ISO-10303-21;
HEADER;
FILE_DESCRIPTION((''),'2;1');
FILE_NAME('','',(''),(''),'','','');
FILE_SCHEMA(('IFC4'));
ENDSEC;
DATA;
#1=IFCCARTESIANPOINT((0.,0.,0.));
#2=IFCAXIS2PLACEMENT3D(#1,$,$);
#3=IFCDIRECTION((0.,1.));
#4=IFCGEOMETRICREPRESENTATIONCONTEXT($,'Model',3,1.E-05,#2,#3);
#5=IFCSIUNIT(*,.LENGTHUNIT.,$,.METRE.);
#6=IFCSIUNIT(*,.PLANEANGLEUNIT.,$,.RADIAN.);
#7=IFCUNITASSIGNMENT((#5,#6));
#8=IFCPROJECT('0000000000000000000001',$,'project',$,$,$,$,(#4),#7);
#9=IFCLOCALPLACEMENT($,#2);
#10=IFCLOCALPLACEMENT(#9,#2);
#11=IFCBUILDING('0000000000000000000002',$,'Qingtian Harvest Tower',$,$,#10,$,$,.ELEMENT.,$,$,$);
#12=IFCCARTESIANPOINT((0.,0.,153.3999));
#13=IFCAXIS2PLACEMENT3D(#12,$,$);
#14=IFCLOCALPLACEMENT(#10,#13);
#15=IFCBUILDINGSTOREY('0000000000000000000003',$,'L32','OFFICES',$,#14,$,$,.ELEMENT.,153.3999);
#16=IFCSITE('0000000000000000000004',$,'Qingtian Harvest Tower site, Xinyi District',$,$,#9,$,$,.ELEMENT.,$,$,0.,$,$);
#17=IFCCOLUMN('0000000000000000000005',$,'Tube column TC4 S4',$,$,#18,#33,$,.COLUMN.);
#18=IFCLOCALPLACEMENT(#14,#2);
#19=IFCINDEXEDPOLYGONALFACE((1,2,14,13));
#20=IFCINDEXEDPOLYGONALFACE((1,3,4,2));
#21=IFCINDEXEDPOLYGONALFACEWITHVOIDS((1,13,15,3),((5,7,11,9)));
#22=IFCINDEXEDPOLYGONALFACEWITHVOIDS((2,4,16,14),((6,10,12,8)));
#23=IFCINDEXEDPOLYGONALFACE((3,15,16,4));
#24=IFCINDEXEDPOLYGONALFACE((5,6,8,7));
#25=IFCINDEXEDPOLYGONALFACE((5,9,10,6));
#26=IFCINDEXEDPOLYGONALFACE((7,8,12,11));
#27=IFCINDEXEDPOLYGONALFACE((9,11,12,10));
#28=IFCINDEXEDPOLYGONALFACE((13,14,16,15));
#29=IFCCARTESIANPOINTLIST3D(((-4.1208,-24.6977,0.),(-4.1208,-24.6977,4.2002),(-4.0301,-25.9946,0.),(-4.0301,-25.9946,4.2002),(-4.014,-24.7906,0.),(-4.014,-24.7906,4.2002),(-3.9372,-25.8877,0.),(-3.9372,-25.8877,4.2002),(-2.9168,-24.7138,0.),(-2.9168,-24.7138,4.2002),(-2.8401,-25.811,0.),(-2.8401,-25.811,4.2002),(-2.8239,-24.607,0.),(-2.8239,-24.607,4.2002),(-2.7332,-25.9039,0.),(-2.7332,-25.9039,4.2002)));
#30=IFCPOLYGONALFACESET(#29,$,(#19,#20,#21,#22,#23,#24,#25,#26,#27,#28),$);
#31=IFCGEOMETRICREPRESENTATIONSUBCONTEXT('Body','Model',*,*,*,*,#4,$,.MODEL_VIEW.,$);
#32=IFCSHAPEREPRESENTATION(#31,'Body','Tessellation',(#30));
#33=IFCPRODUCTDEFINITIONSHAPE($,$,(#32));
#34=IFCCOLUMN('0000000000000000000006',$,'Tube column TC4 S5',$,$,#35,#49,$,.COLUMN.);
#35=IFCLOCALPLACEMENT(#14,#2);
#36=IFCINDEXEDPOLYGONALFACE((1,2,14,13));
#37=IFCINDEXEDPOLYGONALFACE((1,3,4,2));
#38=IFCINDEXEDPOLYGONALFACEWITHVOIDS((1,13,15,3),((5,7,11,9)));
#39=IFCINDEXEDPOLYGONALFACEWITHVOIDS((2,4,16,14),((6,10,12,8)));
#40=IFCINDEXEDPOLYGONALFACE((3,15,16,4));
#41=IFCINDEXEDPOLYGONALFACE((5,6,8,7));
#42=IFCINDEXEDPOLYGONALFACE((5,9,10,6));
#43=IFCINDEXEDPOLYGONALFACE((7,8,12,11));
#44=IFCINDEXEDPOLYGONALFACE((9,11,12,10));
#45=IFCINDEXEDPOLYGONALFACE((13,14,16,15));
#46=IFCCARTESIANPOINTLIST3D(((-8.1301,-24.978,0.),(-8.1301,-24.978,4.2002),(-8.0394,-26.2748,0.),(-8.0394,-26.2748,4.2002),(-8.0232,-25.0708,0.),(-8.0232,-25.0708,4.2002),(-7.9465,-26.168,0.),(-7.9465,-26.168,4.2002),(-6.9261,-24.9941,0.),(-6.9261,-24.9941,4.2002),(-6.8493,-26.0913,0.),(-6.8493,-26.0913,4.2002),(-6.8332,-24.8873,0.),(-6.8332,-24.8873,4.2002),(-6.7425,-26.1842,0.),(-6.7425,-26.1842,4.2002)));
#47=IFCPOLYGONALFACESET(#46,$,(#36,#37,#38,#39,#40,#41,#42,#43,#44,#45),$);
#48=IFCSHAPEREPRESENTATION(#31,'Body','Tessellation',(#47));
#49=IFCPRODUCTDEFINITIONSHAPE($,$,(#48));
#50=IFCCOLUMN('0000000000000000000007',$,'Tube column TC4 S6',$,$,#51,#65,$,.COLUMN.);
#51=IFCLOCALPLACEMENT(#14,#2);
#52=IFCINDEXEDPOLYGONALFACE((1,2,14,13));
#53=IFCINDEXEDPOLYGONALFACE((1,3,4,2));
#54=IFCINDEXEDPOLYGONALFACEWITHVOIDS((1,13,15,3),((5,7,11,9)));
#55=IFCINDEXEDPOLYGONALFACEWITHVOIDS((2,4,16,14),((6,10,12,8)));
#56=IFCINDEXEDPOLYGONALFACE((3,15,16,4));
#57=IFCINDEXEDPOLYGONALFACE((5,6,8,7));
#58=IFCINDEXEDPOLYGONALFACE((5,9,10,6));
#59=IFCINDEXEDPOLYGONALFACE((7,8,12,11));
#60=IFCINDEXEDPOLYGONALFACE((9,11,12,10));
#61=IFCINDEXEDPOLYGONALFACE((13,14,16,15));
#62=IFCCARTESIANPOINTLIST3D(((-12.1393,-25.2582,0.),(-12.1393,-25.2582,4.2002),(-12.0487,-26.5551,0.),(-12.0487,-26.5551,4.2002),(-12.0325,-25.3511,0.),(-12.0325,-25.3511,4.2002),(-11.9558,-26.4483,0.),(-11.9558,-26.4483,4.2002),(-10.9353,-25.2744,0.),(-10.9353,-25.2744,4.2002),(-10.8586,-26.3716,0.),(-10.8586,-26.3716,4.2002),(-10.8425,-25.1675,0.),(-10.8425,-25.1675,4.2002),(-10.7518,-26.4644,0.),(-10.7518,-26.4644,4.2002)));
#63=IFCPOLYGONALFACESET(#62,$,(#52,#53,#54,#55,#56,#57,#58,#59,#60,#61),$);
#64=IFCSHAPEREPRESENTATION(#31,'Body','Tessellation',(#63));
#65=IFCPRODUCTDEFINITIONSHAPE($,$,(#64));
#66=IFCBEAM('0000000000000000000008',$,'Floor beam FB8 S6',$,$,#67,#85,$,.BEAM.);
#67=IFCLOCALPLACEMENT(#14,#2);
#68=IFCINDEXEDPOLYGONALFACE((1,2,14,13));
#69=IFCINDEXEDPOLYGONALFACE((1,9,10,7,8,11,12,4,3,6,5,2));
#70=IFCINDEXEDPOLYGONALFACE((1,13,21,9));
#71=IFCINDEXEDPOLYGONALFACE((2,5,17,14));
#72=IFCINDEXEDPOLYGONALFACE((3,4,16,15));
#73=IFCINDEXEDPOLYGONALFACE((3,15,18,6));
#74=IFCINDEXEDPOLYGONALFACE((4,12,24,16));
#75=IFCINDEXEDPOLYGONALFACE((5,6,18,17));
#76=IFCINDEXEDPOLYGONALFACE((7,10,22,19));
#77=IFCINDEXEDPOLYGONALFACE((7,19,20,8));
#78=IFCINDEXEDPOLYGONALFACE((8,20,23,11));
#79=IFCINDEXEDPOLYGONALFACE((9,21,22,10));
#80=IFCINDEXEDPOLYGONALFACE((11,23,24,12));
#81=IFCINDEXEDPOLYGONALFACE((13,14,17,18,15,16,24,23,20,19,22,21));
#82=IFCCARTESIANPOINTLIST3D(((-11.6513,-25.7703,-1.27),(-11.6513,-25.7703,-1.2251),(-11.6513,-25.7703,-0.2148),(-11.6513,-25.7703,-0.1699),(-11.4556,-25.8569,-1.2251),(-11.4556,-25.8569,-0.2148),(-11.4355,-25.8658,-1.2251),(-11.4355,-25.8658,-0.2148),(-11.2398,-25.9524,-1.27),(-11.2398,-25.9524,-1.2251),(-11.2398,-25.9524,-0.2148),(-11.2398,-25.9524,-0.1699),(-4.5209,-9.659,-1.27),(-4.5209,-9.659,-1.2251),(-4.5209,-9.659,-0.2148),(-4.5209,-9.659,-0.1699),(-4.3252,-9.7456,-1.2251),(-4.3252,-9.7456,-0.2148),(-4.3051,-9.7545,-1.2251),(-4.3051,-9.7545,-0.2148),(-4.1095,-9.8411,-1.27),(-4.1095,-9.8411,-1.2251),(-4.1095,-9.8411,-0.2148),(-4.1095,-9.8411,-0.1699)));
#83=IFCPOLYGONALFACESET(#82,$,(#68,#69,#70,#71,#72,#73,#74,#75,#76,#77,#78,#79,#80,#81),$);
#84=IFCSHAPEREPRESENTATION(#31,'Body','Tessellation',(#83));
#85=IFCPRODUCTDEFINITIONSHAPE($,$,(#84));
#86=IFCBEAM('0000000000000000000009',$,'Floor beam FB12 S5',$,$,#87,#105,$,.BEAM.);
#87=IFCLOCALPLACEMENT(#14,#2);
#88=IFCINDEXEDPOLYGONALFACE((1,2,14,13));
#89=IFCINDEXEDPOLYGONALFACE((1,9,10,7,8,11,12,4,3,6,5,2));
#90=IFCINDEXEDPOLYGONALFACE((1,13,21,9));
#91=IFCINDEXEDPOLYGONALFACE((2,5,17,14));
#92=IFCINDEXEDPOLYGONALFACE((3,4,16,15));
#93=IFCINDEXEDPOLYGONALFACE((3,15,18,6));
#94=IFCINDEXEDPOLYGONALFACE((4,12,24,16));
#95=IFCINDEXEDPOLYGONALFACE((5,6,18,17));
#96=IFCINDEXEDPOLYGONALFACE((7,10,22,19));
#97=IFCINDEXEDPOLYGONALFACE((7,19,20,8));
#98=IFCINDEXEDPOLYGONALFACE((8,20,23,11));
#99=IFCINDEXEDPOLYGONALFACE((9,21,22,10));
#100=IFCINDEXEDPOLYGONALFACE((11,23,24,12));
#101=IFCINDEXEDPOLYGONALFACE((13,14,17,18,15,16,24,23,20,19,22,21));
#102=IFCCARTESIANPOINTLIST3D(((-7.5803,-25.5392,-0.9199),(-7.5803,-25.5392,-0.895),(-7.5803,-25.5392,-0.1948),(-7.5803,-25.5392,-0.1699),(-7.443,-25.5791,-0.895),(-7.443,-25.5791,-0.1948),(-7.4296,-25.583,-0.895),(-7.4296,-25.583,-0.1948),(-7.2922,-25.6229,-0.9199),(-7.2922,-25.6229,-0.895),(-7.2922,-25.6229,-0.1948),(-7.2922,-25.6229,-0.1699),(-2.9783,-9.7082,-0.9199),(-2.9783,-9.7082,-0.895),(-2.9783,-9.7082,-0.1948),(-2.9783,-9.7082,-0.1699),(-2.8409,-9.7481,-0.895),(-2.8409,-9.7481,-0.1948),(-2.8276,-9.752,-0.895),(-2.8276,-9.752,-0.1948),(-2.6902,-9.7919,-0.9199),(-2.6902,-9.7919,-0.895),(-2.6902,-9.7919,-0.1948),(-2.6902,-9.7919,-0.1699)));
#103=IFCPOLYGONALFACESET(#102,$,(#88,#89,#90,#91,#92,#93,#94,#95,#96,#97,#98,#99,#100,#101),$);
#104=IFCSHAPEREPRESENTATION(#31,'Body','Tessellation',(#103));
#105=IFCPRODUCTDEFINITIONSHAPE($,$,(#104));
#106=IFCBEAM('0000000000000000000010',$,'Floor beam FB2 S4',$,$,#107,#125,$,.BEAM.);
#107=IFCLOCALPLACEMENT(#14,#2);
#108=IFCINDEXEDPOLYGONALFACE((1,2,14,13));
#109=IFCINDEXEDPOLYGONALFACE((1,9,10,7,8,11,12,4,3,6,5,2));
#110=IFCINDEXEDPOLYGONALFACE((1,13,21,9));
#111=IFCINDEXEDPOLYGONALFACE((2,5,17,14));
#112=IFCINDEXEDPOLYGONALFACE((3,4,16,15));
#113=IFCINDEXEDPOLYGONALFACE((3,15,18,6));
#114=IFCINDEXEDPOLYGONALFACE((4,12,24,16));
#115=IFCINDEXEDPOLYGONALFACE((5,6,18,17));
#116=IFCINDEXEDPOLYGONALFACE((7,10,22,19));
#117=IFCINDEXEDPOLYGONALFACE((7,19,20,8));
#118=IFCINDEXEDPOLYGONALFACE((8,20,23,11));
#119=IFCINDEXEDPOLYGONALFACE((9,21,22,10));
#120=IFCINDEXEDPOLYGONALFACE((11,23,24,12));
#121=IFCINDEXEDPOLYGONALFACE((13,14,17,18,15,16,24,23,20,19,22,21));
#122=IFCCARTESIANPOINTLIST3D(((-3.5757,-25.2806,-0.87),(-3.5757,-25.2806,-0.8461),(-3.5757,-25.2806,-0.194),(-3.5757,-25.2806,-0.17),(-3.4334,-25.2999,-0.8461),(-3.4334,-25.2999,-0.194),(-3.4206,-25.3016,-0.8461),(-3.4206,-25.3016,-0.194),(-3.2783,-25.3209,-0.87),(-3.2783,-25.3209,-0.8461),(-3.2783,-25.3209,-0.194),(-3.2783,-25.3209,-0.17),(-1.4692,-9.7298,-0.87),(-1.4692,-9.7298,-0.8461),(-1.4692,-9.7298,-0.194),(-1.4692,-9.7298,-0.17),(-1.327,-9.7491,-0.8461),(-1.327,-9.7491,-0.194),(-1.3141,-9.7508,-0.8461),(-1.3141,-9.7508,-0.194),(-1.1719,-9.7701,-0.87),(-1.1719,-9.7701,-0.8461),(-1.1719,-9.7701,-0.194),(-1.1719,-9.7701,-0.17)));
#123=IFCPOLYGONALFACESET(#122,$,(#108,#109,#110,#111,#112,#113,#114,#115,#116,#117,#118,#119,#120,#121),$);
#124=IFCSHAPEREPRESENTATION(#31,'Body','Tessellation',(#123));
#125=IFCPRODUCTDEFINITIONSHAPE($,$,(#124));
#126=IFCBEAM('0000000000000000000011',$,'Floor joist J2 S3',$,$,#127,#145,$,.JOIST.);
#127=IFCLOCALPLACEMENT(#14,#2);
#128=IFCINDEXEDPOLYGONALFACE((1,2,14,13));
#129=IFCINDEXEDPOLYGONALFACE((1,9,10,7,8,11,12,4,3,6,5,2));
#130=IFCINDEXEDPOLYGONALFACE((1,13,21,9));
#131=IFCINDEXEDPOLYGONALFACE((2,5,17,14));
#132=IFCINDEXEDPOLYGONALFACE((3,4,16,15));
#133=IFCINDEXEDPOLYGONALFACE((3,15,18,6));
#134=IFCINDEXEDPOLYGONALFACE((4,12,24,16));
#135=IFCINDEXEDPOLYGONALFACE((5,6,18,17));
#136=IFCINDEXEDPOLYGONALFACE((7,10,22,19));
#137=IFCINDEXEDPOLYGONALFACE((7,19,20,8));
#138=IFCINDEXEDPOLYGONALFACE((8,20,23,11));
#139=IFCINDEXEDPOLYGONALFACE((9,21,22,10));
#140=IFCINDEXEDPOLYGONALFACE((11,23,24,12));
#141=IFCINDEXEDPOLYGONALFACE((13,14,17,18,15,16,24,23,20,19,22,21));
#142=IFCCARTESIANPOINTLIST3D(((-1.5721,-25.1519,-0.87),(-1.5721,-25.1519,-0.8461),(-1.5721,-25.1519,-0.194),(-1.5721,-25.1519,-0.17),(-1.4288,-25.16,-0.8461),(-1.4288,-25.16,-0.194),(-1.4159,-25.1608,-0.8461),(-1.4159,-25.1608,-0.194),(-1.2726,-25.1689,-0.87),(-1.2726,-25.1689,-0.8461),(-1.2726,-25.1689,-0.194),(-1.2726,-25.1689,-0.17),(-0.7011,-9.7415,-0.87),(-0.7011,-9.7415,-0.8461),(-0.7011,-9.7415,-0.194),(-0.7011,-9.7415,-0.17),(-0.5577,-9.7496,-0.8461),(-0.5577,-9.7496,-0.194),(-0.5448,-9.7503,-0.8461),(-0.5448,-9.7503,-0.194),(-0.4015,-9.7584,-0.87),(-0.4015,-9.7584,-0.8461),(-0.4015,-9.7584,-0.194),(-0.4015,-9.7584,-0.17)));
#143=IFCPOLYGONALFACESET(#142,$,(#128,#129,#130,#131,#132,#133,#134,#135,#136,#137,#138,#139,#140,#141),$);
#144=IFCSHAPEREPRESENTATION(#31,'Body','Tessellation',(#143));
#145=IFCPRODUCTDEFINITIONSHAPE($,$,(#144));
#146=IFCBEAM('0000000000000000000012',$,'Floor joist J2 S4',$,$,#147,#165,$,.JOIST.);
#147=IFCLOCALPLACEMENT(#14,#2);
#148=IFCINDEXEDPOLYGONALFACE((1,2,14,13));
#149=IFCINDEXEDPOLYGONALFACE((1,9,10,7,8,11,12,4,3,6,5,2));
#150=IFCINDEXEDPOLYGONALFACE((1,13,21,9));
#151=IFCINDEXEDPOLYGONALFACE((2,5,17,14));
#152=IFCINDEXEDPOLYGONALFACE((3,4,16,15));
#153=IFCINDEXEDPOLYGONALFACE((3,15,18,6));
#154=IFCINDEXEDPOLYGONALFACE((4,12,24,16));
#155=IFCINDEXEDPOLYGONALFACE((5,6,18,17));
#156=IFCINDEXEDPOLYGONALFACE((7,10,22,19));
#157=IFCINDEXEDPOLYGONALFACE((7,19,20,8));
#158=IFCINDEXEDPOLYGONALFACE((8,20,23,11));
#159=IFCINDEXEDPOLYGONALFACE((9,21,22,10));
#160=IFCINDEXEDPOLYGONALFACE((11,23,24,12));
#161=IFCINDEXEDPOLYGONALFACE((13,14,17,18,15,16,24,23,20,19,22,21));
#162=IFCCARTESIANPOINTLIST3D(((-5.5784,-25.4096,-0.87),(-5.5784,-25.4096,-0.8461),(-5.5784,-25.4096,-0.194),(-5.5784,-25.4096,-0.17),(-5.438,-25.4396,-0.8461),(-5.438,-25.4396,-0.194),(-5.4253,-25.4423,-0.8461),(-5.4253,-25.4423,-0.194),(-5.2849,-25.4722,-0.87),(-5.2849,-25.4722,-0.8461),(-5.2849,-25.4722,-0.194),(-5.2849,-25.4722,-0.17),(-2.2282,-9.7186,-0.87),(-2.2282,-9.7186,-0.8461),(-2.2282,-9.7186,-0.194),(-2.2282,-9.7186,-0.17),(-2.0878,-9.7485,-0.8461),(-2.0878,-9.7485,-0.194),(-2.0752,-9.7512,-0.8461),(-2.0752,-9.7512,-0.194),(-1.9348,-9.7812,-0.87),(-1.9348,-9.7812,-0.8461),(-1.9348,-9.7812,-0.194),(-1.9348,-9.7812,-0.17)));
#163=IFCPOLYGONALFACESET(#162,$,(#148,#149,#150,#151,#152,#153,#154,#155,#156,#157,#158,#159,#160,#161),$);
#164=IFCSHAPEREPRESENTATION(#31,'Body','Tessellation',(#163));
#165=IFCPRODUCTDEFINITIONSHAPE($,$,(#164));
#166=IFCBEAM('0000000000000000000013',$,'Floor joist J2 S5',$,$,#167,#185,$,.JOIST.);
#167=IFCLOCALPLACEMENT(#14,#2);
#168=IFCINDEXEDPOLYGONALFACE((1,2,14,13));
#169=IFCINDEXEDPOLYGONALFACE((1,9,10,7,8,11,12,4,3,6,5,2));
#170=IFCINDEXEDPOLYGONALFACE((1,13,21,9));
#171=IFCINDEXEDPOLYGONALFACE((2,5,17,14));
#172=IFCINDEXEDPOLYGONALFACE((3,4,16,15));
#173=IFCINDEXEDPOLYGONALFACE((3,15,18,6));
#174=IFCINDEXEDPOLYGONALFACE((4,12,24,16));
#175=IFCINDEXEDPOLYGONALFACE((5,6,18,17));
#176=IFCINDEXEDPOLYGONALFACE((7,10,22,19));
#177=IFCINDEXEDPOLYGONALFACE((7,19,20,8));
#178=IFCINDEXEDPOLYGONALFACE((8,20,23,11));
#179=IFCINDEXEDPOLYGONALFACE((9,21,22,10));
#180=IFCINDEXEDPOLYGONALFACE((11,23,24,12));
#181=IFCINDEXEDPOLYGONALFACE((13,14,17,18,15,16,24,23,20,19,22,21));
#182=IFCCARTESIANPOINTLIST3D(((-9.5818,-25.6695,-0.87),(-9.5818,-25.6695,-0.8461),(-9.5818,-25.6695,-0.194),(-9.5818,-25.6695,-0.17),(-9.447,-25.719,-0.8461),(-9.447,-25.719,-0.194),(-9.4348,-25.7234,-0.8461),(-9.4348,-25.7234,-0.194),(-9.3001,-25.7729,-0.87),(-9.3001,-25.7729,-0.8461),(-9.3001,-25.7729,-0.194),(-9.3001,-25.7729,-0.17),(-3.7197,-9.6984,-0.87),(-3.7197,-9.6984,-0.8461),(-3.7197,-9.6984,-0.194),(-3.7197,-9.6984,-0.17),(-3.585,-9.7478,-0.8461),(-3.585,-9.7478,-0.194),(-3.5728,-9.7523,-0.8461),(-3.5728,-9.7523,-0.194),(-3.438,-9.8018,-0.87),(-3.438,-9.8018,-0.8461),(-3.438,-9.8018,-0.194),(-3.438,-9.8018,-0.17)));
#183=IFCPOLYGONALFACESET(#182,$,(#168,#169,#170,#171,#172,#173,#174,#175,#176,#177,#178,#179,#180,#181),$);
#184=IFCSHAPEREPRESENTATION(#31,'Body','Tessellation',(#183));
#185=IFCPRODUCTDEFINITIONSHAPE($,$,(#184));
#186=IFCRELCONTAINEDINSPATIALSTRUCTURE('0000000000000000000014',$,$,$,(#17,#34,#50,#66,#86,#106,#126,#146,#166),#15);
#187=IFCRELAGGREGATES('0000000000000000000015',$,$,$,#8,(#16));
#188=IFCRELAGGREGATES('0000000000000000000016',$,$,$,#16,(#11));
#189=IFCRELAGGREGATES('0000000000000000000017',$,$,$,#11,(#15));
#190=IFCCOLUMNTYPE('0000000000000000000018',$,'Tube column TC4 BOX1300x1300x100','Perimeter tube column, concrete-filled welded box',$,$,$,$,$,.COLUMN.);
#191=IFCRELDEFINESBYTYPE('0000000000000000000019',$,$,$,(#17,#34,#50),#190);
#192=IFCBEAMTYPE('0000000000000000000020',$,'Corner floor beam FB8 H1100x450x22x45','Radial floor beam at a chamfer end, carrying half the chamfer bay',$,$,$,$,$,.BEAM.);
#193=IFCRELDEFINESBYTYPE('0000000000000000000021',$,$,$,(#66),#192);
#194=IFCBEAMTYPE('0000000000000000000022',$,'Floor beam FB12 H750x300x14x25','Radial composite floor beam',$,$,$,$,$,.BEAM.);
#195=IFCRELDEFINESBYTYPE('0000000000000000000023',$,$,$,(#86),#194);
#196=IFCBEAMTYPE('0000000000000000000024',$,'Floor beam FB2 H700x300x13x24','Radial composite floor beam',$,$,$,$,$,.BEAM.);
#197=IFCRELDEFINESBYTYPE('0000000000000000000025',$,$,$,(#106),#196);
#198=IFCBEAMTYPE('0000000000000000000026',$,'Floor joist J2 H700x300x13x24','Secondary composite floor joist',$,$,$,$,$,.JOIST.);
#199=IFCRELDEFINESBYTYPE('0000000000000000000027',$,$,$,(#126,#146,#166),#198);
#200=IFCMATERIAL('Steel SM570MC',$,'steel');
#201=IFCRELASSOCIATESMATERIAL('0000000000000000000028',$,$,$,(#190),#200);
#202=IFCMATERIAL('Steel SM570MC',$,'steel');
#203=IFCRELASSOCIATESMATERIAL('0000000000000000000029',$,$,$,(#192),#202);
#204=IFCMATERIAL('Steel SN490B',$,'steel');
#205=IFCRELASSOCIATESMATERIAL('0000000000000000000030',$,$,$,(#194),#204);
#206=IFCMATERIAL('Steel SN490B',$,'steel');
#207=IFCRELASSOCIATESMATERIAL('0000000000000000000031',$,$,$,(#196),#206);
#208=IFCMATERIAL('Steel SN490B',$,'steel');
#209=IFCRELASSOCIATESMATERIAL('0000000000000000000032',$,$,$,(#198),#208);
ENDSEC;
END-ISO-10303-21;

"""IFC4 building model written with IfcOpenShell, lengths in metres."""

from ifc_helpers import new_model, si_unit, direction, frame, origin, origin_2d, place, context, subcontext, project, spatial, hollow_rectangle, i_section, extrude, material, material_profile, profile_set, type_object, element, save


model = new_model("IFC4")

# Units and contexts
model_context = context("Model", 3, precision=1e-05, world=origin(), true_north=direction((0.0, 1.0)))
body_context = subcontext(model_context, "Body", "Model", "MODEL_VIEW")
ifc_project = project(units=[si_unit("LENGTHUNIT", "METRE"), si_unit("PLANEANGLEUNIT", "RADIAN")], contexts=[model_context])

# Site, building, storey
site_placement = place(None, origin())
site = spatial("IfcSite", under=ifc_project, at=site_placement, Name="Qingtian Harvest Tower site, Xinyi District", CompositionType="ELEMENT", RefElevation=0.0)
building_placement = place(site_placement, origin())
building = spatial("IfcBuilding", under=site, at=building_placement, Name="Qingtian Harvest Tower", CompositionType="ELEMENT")
storey_placement = place(building_placement, frame((0.0, 0.0, 153.3999)))
storey = spatial("IfcBuildingStorey", under=building, at=storey_placement, Name="L32", Description="OFFICES", CompositionType="ELEMENT", Elevation=153.3999)

# Columns
ifc_material_1 = material(Name="Steel SM570MC", Category="steel")
ifc_material_profile_1 = material_profile(ifc_material_1, hollow_rectangle(XDim=1.3, YDim=1.3, WallThickness=0.1001, at=origin_2d()), Name="BOX1300x1300x100")
ifc_profile_set_1 = profile_set([ifc_material_profile_1], Name="Steel SM570MC")
column_type = type_object("IfcColumnType", Name="Tube column TC4 BOX1300x1300x100", Description="Perimeter tube column, concrete-filled welded box", PredefinedType="COLUMN", material=ifc_profile_set_1)
for number, where, z_axis, x_axis, name in (
    (1, (-3.427, -25.3008, 0.0), (0.0, 0.0, 1.0), (0.997564, 0.069756, 0.0), "Tube column TC4 S4"),
    (2, (-7.4363, -25.5811, 0.0), (0.0, 0.0, 1.0), (0.997564, 0.069756, 0.0), "Tube column TC4 S5"),
    (3, (-11.4456, -25.8613, 0.0), (0.0, 0.0, 1.0), (0.997564, 0.069756, 0.0), "Tube column TC4 S6"),
):
    element("IfcColumn", number, at=place(storey_placement, frame(where, z_axis=z_axis, x_axis=x_axis)), inside=storey, type_object=column_type, Name=name, PredefinedType="COLUMN", context=body_context, shape_type="SweptSolid", body=[
        extrude(hollow_rectangle(XDim=1.3, YDim=1.3, WallThickness=0.1001, at=origin_2d()), origin(), (0.0, 0.0, 1.0), 4.2002),
    ])

# Beams
ifc_material_2 = material(Name="Steel SM570MC", Category="steel")
ifc_material_profile_2 = material_profile(ifc_material_2, i_section(OverallWidth=0.45, OverallDepth=1.1001, WebThickness=0.022, FlangeThickness=0.0449, at=origin_2d()), Name="H1100x450x22x45")
ifc_profile_set_2 = profile_set([ifc_material_profile_2], Name="Steel SM570MC")
beam_type_1 = type_object("IfcBeamType", Name="Corner floor beam FB8 H1100x450x22x45", Description="Radial floor beam at a chamfer end, carrying half the chamfer bay", PredefinedType="BEAM", material=ifc_profile_set_2)
beam_1_placement = place(storey_placement, frame((-11.4456, -25.8613, -0.72), z_axis=(0.404706, 0.914447, 0.0), x_axis=(-0.914447, 0.404706, 0.0)))
element("IfcBeam", 4, at=beam_1_placement, inside=storey, type_object=beam_type_1, Name="Floor beam FB8 S6", PredefinedType="BEAM", context=body_context, shape_type="SweptSolid", body=[
    extrude(i_section(OverallWidth=0.45, OverallDepth=1.1001, WebThickness=0.022, FlangeThickness=0.0449, at=origin_2d()), origin(), (0.0, 0.0, 1.0), 17.6187),
])
ifc_material_3 = material(Name="Steel SN490B", Category="steel")
ifc_material_profile_3 = material_profile(ifc_material_3, i_section(OverallWidth=0.3, OverallDepth=0.75, WebThickness=0.0139, FlangeThickness=0.0249, at=origin_2d()), Name="H750x300x14x25")
ifc_profile_set_3 = profile_set([ifc_material_profile_3], Name="Steel SN490B")
beam_type_2 = type_object("IfcBeamType", Name="Floor beam FB12 H750x300x14x25", Description="Radial composite floor beam", PredefinedType="BEAM", material=ifc_profile_set_3)
beam_2_placement = place(storey_placement, frame((-7.4363, -25.5811, -0.5449), z_axis=(0.279142, 0.96025, 0.0), x_axis=(-0.96025, 0.279142, 0.0)))
element("IfcBeam", 5, at=beam_2_placement, inside=storey, type_object=beam_type_2, Name="Floor beam FB12 S5", PredefinedType="BEAM", context=body_context, shape_type="SweptSolid", body=[
    extrude(i_section(OverallWidth=0.3, OverallDepth=0.75, WebThickness=0.0139, FlangeThickness=0.0249, at=origin_2d()), origin(), (0.0, 0.0, 1.0), 16.4863),
])
ifc_material_4 = material(Name="Steel SN490B", Category="steel")
ifc_material_profile_4 = material_profile(ifc_material_4, i_section(OverallWidth=0.3, OverallDepth=0.7, WebThickness=0.0129, FlangeThickness=0.0239, at=origin_2d()), Name="H700x300x13x24")
ifc_profile_set_4 = profile_set([ifc_material_profile_4], Name="Steel SN490B")
beam_type_3 = type_object("IfcBeamType", Name="Floor beam FB2 H700x300x13x24", Description="Radial composite floor beam", PredefinedType="BEAM", material=ifc_profile_set_4)
beam_3_placement = place(storey_placement, frame((-3.427, -25.3008, -0.52), z_axis=(0.13423, 0.99095, 0.0), x_axis=(-0.99095, 0.13423, 0.0)))
element("IfcBeam", 6, at=beam_3_placement, inside=storey, type_object=beam_type_3, Name="Floor beam FB2 S4", PredefinedType="BEAM", context=body_context, shape_type="SweptSolid", body=[
    extrude(i_section(OverallWidth=0.3, OverallDepth=0.7, WebThickness=0.0129, FlangeThickness=0.0239, at=origin_2d()), origin(), (0.0, 0.0, 1.0), 15.6929),
])
ifc_material_5 = material(Name="Steel SN490B", Category="steel")
ifc_material_profile_5 = material_profile(ifc_material_5, i_section(OverallWidth=0.3, OverallDepth=0.7, WebThickness=0.0129, FlangeThickness=0.0239, at=origin_2d()), Name="H700x300x13x24")
ifc_profile_set_5 = profile_set([ifc_material_profile_5], Name="Steel SN490B")
beam_type_4 = type_object("IfcBeamType", Name="Floor joist J2 H700x300x13x24", Description="Secondary composite floor joist", PredefinedType="JOIST", material=ifc_profile_set_5)
beam_4_placement = place(storey_placement, frame((-1.4224, -25.1604, -0.52), z_axis=(0.056436, 0.998406, 0.0), x_axis=(-0.998406, 0.056436, 0.0)))
element("IfcBeam", 7, at=beam_4_placement, inside=storey, type_object=beam_type_4, Name="Floor joist J2 S3", PredefinedType="JOIST", context=body_context, shape_type="SweptSolid", body=[
    extrude(i_section(OverallWidth=0.3, OverallDepth=0.7, WebThickness=0.0129, FlangeThickness=0.0239, at=origin_2d()), origin(), (0.0, 0.0, 1.0), 15.4351),
])
beam_5_placement = place(storey_placement, frame((-5.4316, -25.4409, -0.52), z_axis=(0.2088, 0.977958, 0.0), x_axis=(-0.977958, 0.2088, 0.0)))
element("IfcBeam", 8, at=beam_5_placement, inside=storey, type_object=beam_type_4, Name="Floor joist J2 S4", PredefinedType="JOIST", context=body_context, shape_type="SweptSolid", body=[
    extrude(i_section(OverallWidth=0.3, OverallDepth=0.7, WebThickness=0.0129, FlangeThickness=0.0239, at=origin_2d()), origin(), (0.0, 0.0, 1.0), 16.0447),
])
beam_6_placement = place(storey_placement, frame((-9.4409, -25.7212, -0.52), z_axis=(0.344563, 0.938763, 0.0), x_axis=(-0.938763, 0.344563, 0.0)))
element("IfcBeam", 9, at=beam_6_placement, inside=storey, type_object=beam_type_4, Name="Floor joist J2 S5", PredefinedType="JOIST", context=body_context, shape_type="SweptSolid", body=[
    extrude(i_section(OverallWidth=0.3, OverallDepth=0.7, WebThickness=0.0129, FlangeThickness=0.0239, at=origin_2d()), origin(), (0.0, 0.0, 1.0), 17.0129),
])

save(model, "model.ifc")
